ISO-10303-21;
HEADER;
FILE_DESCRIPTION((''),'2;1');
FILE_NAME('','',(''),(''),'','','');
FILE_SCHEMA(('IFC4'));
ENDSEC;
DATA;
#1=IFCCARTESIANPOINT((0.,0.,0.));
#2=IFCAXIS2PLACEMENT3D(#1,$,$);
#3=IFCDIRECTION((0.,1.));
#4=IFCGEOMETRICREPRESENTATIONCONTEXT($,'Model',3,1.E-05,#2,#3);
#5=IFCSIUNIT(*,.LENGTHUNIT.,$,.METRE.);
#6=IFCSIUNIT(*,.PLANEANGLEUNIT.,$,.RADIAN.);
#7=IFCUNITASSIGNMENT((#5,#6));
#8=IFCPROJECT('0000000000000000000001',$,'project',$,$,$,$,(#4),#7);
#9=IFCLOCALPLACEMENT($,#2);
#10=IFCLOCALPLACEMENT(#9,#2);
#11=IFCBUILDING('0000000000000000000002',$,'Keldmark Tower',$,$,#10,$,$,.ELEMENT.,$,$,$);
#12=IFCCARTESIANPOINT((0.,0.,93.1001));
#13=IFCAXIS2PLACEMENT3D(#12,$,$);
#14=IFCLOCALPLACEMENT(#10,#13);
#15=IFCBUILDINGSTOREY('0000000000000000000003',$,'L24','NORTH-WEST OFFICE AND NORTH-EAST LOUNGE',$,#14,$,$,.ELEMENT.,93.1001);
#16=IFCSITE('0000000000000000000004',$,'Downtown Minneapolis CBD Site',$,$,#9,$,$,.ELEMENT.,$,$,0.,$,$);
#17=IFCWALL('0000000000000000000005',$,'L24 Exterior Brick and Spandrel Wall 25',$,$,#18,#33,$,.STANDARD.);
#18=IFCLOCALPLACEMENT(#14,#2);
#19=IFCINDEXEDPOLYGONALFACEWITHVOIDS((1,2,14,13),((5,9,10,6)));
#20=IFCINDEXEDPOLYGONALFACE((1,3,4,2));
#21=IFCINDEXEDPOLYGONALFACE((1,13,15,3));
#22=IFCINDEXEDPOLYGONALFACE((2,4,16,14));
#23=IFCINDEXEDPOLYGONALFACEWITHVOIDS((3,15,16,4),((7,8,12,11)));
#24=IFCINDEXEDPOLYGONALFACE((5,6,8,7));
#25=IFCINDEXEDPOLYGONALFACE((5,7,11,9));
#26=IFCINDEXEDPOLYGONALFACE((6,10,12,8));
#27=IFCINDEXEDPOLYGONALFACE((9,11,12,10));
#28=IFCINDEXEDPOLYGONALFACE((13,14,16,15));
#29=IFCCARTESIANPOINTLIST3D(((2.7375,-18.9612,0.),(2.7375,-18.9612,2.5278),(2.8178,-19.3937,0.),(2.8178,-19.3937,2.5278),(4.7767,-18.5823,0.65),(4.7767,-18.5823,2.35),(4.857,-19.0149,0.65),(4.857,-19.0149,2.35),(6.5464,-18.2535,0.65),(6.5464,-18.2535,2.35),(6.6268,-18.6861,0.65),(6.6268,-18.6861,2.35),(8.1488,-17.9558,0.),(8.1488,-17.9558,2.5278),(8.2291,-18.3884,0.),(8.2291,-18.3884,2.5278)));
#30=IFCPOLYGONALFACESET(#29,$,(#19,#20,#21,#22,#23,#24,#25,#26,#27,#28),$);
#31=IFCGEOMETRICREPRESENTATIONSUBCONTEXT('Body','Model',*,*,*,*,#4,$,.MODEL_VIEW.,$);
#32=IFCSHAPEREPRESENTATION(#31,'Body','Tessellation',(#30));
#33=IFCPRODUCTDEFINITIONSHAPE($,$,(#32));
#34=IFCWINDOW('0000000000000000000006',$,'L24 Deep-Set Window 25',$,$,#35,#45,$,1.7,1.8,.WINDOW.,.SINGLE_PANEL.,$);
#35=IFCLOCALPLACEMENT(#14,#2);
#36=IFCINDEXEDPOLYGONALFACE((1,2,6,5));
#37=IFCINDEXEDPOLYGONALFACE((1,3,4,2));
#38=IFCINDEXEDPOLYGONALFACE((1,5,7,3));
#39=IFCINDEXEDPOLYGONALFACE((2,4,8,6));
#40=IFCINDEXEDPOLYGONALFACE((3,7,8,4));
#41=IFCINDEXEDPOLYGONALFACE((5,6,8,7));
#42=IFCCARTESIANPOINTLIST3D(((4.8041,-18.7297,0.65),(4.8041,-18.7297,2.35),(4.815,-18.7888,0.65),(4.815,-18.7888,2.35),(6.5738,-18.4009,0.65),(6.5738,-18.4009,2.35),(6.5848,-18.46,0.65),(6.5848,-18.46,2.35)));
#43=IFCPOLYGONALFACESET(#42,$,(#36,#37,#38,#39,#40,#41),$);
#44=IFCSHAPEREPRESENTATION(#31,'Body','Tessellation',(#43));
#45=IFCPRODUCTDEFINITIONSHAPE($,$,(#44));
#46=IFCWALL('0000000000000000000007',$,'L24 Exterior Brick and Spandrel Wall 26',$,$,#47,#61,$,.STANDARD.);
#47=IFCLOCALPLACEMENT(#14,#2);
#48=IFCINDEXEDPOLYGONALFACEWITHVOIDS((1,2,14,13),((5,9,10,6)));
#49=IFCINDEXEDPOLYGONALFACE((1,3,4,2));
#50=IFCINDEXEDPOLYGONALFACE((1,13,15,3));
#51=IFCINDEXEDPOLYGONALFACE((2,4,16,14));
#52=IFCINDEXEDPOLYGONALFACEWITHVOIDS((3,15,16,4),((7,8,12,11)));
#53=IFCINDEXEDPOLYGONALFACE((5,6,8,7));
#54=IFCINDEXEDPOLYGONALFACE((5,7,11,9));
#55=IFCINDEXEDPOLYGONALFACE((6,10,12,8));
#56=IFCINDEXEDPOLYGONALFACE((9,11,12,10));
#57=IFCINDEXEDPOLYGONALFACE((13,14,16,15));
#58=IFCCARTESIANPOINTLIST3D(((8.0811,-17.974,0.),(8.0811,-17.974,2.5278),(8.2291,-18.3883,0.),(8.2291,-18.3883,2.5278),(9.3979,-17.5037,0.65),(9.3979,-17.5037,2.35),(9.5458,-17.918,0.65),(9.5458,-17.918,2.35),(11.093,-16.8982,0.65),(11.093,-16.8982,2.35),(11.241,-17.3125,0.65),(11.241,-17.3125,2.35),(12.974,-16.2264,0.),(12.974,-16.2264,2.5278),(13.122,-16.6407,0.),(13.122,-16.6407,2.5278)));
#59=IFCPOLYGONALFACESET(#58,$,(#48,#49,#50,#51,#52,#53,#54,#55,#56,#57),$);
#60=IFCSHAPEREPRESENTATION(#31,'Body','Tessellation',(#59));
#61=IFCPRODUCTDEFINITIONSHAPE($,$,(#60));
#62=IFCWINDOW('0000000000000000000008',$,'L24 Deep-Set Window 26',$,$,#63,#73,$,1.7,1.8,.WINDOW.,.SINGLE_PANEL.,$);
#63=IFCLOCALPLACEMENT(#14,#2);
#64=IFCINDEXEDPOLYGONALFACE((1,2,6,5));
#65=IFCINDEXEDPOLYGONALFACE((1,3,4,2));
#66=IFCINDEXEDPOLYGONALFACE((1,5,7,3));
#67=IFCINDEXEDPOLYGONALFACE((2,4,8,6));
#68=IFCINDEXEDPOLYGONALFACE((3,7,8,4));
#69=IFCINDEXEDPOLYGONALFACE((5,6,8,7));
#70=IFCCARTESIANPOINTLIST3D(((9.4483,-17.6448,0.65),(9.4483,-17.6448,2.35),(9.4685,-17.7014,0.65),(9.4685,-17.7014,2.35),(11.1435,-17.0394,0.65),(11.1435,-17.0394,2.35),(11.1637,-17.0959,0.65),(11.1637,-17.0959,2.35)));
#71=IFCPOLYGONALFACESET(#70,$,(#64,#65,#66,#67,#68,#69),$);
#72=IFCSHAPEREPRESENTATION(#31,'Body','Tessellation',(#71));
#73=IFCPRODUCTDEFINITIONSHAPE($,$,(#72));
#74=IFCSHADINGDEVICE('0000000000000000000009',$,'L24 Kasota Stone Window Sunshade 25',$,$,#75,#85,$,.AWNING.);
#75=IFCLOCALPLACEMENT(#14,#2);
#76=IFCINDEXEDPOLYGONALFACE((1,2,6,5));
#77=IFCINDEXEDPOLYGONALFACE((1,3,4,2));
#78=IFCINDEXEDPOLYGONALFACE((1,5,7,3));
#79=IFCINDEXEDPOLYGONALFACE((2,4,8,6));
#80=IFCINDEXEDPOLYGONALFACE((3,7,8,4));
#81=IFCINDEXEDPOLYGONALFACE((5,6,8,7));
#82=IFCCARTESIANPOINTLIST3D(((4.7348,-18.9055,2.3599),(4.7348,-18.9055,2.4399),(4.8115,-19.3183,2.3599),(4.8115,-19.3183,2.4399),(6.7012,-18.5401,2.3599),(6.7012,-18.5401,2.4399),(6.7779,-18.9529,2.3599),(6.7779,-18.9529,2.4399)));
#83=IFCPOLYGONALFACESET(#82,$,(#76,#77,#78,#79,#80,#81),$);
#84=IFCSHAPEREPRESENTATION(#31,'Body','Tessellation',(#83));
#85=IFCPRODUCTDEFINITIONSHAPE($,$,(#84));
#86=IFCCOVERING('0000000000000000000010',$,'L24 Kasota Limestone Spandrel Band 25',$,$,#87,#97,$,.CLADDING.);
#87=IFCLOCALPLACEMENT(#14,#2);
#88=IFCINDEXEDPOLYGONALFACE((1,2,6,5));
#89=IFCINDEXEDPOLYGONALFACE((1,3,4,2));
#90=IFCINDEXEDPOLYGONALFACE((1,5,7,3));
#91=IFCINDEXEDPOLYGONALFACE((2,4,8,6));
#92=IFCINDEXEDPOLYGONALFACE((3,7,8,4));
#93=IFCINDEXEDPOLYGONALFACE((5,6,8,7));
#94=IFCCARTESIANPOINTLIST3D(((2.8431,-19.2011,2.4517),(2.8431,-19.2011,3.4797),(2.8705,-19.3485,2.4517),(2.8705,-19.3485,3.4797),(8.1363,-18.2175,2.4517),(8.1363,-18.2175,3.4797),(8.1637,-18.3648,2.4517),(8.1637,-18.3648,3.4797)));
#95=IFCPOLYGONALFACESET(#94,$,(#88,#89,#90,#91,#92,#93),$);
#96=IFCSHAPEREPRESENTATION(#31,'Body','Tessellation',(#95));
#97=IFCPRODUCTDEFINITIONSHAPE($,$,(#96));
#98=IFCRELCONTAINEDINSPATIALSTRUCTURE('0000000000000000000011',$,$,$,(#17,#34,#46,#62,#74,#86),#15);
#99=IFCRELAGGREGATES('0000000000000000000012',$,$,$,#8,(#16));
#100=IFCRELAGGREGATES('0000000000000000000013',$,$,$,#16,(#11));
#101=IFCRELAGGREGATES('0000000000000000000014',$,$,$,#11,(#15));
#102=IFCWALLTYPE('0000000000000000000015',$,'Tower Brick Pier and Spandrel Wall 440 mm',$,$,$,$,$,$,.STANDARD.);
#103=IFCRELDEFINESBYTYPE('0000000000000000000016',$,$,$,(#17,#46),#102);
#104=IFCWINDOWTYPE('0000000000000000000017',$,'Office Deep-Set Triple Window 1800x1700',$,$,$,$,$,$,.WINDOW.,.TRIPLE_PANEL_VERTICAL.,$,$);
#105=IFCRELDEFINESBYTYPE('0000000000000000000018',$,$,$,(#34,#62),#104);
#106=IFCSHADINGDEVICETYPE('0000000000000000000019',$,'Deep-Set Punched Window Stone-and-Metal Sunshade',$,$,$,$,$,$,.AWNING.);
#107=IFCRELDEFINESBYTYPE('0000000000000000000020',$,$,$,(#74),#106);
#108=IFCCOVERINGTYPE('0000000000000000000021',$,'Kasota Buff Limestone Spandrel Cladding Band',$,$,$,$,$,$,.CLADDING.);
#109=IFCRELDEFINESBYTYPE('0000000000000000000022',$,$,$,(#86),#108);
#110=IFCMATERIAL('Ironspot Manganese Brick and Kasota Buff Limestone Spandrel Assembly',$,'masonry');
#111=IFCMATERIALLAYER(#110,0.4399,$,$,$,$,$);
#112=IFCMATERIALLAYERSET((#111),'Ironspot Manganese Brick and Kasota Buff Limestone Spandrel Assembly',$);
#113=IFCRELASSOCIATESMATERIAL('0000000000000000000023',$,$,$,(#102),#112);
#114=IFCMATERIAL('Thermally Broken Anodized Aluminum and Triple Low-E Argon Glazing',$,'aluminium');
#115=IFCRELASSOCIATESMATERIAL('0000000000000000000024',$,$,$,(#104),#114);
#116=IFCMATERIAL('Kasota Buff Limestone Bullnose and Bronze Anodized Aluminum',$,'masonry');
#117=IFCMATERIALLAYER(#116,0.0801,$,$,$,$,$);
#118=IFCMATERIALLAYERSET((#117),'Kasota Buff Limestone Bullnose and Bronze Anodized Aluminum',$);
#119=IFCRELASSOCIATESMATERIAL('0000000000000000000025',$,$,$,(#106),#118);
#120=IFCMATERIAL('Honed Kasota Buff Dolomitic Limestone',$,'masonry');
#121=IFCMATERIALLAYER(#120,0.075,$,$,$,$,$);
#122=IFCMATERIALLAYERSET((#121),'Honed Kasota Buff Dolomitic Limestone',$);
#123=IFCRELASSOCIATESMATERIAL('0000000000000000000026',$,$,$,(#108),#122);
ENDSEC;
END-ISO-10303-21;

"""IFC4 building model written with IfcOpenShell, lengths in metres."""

from ifc_helpers import new_model, si_unit, direction, frame, frame_2d, origin, origin_2d, place, context, subcontext, project, spatial, rectangle, extrude, material, layer, layer_set, type_object, element, fill, save


model = new_model("IFC4")

# Units and contexts
model_context = context("Model", 3, precision=1e-05, world=origin(), true_north=direction((0.0, 1.0)))
body_context = subcontext(model_context, "Body", "Model", "MODEL_VIEW")
ifc_project = project(units=[si_unit("LENGTHUNIT", "METRE"), si_unit("PLANEANGLEUNIT", "RADIAN")], contexts=[model_context])

# Site, building, storey
site_placement = place(None, origin())
site = spatial("IfcSite", under=ifc_project, at=site_placement, Name="Downtown Minneapolis CBD Site", CompositionType="ELEMENT", RefElevation=0.0)
building_placement = place(site_placement, origin())
building = spatial("IfcBuilding", under=site, at=building_placement, Name="Keldmark Tower", CompositionType="ELEMENT")
storey_placement = place(building_placement, frame((0.0, 0.0, 93.1001)))
storey = spatial("IfcBuildingStorey", under=building, at=storey_placement, Name="L24", Description="NORTH-WEST OFFICE AND NORTH-EAST LOUNGE", CompositionType="ELEMENT", Elevation=93.1001)

# Walls, openings, windows
ifc_material_1 = material(Name="Ironspot Manganese Brick and Kasota Buff Limestone Spandrel Assembly", Category="masonry")
ifc_layer_1 = layer(ifc_material_1, 0.4399)
ifc_layer_set_1 = layer_set([ifc_layer_1], Name="Ironspot Manganese Brick and Kasota Buff Limestone Spandrel Assembly")
wall_type_1 = type_object("IfcWallType", Name="Tower Brick Pier and Spandrel Wall 440 mm", PredefinedType="STANDARD", material=ifc_layer_set_1)
ifc_material_2 = material(Name="Thermally Broken Anodized Aluminum and Triple Low-E Argon Glazing", Category="aluminium")
window_type = type_object("IfcWindowType", Name="Office Deep-Set Triple Window 1800x1700", PartitioningType="TRIPLE_PANEL_VERTICAL", PredefinedType="WINDOW", material=ifc_material_2)
wall_1_placement = place(storey_placement, frame((8.189, -18.1721, 0.0), z_axis=(0.0, 0.0, 1.0), x_axis=(-0.983176, -0.182663, 0.0)))
wall_1 = element("IfcWall", 1, at=wall_1_placement, inside=storey, type_object=wall_type_1, Name="L24 Exterior Brick and Spandrel Wall 25", PredefinedType="STANDARD", context=body_context, shape_type="SweptSolid", body=[
    extrude(rectangle(XDim=5.5039, YDim=0.4399, at=frame_2d((2.752, 0.0))), origin(), (0.0, 0.0, 1.0), 2.5278),
])
opening_1_placement = place(wall_1_placement, frame((1.6299, 0.0, 0.6499)))
opening_1 = element("IfcOpeningElement", 2, at=opening_1_placement, cuts=wall_1, PredefinedType="OPENING", context=body_context, shape_type="SweptSolid", body=[
    extrude(rectangle(XDim=1.8, YDim=1.7, at=frame_2d((0.8999, 0.8501))), frame((0.0, 0.23, 0.0), z_axis=(0.0, -1.0, 0.0), x_axis=(1.0, 0.0, 0.0)), (0.0, 0.0, 1.0), 0.46),
])
window_1_placement = place(opening_1_placement, origin())
window_1 = element("IfcWindow", 3, at=window_1_placement, inside=storey, type_object=window_type, Name="L24 Deep-Set Window 25", OverallHeight=1.7, OverallWidth=1.8, PartitioningType="SINGLE_PANEL", PredefinedType="WINDOW", context=body_context, shape_type="SweptSolid", body=[
    extrude(rectangle(XDim=1.8, YDim=1.7, at=frame_2d((0.8999, 0.8501))), frame((0.0, -0.01, 0.0), z_axis=(0.0, -1.0, 0.0), x_axis=(1.0, 0.0, 0.0)), (0.0, 0.0, 1.0), 0.0601),
])
fill(opening_1, window_1)
wall_2_placement = place(storey_placement, frame((13.0479, -16.4336, 0.0), z_axis=(0.0, 0.0, 1.0), x_axis=(-0.941734, -0.336357, 0.0)))
wall_2 = element("IfcWall", 4, at=wall_2_placement, inside=storey, type_object=wall_type_1, Name="L24 Exterior Brick and Spandrel Wall 26", PredefinedType="STANDARD", context=body_context, shape_type="SweptSolid", body=[
    extrude(rectangle(XDim=5.1956, YDim=0.4399, at=frame_2d((2.5977, 0.0))), origin(), (0.0, 0.0, 1.0), 2.5278),
])
opening_2_placement = place(wall_2_placement, frame((1.9973, 0.0, 0.6499)))
opening_2 = element("IfcOpeningElement", 5, at=opening_2_placement, cuts=wall_2, PredefinedType="OPENING", context=body_context, shape_type="SweptSolid", body=[
    extrude(rectangle(XDim=1.8, YDim=1.7, at=frame_2d((0.8999, 0.8501))), frame((0.0, 0.23, 0.0), z_axis=(0.0, -1.0, 0.0), x_axis=(1.0, 0.0, 0.0)), (0.0, 0.0, 1.0), 0.46),
])
window_2_placement = place(opening_2_placement, origin())
window_2 = element("IfcWindow", 6, at=window_2_placement, inside=storey, type_object=window_type, Name="L24 Deep-Set Window 26", OverallHeight=1.7, OverallWidth=1.8, PartitioningType="SINGLE_PANEL", PredefinedType="WINDOW", context=body_context, shape_type="SweptSolid", body=[
    extrude(rectangle(XDim=1.8, YDim=1.7, at=frame_2d((0.8999, 0.8501))), frame((0.0, -0.01, 0.0), z_axis=(0.0, -1.0, 0.0), x_axis=(1.0, 0.0, 0.0)), (0.0, 0.0, 1.0), 0.0601),
])
fill(opening_2, window_2)

# Shading device
ifc_material_3 = material(Name="Kasota Buff Limestone Bullnose and Bronze Anodized Aluminum", Category="masonry")
ifc_layer_2 = layer(ifc_material_3, 0.0801)
ifc_layer_set_2 = layer_set([ifc_layer_2], Name="Kasota Buff Limestone Bullnose and Bronze Anodized Aluminum")
shading_device_type = type_object("IfcShadingDeviceType", Name="Deep-Set Punched Window Stone-and-Metal Sunshade", PredefinedType="AWNING", material=ifc_layer_set_2)
shading_device_placement = place(storey_placement, frame((5.7563, -18.9292, 2.3599), z_axis=(0.0, 0.0, 1.0), x_axis=(-0.983169, -0.182699, 0.0)))
element("IfcShadingDevice", 7, at=shading_device_placement, inside=storey, type_object=shading_device_type, Name="L24 Kasota Stone Window Sunshade 25", PredefinedType="AWNING", context=body_context, shape_type="SweptSolid", body=[
    extrude(rectangle(XDim=2.0, YDim=0.4199, at=origin_2d()), origin(), (0.0, 0.0, 1.0), 0.0801),
])

# Covering
ifc_material_4 = material(Name="Honed Kasota Buff Dolomitic Limestone", Category="masonry")
ifc_layer_3 = layer(ifc_material_4, 0.075)
ifc_layer_set_3 = layer_set([ifc_layer_3], Name="Honed Kasota Buff Dolomitic Limestone")
covering_type = type_object("IfcCoveringType", Name="Kasota Buff Limestone Spandrel Cladding Band", PredefinedType="CLADDING", material=ifc_layer_set_3)
covering_placement = place(storey_placement, frame((5.5034, -18.783, 2.4517), z_axis=(0.0, 0.0, 1.0), x_axis=(0.983169, 0.182699, 0.0)))
element("IfcCovering", 8, at=covering_placement, inside=storey, type_object=covering_type, Name="L24 Kasota Limestone Spandrel Band 25", PredefinedType="CLADDING", context=body_context, shape_type="SweptSolid", body=[
    extrude(rectangle(XDim=5.3838, YDim=0.1499, at=origin_2d()), origin(), (0.0, 0.0, 1.0), 1.0281),
])

save(model, "model.ifc")
